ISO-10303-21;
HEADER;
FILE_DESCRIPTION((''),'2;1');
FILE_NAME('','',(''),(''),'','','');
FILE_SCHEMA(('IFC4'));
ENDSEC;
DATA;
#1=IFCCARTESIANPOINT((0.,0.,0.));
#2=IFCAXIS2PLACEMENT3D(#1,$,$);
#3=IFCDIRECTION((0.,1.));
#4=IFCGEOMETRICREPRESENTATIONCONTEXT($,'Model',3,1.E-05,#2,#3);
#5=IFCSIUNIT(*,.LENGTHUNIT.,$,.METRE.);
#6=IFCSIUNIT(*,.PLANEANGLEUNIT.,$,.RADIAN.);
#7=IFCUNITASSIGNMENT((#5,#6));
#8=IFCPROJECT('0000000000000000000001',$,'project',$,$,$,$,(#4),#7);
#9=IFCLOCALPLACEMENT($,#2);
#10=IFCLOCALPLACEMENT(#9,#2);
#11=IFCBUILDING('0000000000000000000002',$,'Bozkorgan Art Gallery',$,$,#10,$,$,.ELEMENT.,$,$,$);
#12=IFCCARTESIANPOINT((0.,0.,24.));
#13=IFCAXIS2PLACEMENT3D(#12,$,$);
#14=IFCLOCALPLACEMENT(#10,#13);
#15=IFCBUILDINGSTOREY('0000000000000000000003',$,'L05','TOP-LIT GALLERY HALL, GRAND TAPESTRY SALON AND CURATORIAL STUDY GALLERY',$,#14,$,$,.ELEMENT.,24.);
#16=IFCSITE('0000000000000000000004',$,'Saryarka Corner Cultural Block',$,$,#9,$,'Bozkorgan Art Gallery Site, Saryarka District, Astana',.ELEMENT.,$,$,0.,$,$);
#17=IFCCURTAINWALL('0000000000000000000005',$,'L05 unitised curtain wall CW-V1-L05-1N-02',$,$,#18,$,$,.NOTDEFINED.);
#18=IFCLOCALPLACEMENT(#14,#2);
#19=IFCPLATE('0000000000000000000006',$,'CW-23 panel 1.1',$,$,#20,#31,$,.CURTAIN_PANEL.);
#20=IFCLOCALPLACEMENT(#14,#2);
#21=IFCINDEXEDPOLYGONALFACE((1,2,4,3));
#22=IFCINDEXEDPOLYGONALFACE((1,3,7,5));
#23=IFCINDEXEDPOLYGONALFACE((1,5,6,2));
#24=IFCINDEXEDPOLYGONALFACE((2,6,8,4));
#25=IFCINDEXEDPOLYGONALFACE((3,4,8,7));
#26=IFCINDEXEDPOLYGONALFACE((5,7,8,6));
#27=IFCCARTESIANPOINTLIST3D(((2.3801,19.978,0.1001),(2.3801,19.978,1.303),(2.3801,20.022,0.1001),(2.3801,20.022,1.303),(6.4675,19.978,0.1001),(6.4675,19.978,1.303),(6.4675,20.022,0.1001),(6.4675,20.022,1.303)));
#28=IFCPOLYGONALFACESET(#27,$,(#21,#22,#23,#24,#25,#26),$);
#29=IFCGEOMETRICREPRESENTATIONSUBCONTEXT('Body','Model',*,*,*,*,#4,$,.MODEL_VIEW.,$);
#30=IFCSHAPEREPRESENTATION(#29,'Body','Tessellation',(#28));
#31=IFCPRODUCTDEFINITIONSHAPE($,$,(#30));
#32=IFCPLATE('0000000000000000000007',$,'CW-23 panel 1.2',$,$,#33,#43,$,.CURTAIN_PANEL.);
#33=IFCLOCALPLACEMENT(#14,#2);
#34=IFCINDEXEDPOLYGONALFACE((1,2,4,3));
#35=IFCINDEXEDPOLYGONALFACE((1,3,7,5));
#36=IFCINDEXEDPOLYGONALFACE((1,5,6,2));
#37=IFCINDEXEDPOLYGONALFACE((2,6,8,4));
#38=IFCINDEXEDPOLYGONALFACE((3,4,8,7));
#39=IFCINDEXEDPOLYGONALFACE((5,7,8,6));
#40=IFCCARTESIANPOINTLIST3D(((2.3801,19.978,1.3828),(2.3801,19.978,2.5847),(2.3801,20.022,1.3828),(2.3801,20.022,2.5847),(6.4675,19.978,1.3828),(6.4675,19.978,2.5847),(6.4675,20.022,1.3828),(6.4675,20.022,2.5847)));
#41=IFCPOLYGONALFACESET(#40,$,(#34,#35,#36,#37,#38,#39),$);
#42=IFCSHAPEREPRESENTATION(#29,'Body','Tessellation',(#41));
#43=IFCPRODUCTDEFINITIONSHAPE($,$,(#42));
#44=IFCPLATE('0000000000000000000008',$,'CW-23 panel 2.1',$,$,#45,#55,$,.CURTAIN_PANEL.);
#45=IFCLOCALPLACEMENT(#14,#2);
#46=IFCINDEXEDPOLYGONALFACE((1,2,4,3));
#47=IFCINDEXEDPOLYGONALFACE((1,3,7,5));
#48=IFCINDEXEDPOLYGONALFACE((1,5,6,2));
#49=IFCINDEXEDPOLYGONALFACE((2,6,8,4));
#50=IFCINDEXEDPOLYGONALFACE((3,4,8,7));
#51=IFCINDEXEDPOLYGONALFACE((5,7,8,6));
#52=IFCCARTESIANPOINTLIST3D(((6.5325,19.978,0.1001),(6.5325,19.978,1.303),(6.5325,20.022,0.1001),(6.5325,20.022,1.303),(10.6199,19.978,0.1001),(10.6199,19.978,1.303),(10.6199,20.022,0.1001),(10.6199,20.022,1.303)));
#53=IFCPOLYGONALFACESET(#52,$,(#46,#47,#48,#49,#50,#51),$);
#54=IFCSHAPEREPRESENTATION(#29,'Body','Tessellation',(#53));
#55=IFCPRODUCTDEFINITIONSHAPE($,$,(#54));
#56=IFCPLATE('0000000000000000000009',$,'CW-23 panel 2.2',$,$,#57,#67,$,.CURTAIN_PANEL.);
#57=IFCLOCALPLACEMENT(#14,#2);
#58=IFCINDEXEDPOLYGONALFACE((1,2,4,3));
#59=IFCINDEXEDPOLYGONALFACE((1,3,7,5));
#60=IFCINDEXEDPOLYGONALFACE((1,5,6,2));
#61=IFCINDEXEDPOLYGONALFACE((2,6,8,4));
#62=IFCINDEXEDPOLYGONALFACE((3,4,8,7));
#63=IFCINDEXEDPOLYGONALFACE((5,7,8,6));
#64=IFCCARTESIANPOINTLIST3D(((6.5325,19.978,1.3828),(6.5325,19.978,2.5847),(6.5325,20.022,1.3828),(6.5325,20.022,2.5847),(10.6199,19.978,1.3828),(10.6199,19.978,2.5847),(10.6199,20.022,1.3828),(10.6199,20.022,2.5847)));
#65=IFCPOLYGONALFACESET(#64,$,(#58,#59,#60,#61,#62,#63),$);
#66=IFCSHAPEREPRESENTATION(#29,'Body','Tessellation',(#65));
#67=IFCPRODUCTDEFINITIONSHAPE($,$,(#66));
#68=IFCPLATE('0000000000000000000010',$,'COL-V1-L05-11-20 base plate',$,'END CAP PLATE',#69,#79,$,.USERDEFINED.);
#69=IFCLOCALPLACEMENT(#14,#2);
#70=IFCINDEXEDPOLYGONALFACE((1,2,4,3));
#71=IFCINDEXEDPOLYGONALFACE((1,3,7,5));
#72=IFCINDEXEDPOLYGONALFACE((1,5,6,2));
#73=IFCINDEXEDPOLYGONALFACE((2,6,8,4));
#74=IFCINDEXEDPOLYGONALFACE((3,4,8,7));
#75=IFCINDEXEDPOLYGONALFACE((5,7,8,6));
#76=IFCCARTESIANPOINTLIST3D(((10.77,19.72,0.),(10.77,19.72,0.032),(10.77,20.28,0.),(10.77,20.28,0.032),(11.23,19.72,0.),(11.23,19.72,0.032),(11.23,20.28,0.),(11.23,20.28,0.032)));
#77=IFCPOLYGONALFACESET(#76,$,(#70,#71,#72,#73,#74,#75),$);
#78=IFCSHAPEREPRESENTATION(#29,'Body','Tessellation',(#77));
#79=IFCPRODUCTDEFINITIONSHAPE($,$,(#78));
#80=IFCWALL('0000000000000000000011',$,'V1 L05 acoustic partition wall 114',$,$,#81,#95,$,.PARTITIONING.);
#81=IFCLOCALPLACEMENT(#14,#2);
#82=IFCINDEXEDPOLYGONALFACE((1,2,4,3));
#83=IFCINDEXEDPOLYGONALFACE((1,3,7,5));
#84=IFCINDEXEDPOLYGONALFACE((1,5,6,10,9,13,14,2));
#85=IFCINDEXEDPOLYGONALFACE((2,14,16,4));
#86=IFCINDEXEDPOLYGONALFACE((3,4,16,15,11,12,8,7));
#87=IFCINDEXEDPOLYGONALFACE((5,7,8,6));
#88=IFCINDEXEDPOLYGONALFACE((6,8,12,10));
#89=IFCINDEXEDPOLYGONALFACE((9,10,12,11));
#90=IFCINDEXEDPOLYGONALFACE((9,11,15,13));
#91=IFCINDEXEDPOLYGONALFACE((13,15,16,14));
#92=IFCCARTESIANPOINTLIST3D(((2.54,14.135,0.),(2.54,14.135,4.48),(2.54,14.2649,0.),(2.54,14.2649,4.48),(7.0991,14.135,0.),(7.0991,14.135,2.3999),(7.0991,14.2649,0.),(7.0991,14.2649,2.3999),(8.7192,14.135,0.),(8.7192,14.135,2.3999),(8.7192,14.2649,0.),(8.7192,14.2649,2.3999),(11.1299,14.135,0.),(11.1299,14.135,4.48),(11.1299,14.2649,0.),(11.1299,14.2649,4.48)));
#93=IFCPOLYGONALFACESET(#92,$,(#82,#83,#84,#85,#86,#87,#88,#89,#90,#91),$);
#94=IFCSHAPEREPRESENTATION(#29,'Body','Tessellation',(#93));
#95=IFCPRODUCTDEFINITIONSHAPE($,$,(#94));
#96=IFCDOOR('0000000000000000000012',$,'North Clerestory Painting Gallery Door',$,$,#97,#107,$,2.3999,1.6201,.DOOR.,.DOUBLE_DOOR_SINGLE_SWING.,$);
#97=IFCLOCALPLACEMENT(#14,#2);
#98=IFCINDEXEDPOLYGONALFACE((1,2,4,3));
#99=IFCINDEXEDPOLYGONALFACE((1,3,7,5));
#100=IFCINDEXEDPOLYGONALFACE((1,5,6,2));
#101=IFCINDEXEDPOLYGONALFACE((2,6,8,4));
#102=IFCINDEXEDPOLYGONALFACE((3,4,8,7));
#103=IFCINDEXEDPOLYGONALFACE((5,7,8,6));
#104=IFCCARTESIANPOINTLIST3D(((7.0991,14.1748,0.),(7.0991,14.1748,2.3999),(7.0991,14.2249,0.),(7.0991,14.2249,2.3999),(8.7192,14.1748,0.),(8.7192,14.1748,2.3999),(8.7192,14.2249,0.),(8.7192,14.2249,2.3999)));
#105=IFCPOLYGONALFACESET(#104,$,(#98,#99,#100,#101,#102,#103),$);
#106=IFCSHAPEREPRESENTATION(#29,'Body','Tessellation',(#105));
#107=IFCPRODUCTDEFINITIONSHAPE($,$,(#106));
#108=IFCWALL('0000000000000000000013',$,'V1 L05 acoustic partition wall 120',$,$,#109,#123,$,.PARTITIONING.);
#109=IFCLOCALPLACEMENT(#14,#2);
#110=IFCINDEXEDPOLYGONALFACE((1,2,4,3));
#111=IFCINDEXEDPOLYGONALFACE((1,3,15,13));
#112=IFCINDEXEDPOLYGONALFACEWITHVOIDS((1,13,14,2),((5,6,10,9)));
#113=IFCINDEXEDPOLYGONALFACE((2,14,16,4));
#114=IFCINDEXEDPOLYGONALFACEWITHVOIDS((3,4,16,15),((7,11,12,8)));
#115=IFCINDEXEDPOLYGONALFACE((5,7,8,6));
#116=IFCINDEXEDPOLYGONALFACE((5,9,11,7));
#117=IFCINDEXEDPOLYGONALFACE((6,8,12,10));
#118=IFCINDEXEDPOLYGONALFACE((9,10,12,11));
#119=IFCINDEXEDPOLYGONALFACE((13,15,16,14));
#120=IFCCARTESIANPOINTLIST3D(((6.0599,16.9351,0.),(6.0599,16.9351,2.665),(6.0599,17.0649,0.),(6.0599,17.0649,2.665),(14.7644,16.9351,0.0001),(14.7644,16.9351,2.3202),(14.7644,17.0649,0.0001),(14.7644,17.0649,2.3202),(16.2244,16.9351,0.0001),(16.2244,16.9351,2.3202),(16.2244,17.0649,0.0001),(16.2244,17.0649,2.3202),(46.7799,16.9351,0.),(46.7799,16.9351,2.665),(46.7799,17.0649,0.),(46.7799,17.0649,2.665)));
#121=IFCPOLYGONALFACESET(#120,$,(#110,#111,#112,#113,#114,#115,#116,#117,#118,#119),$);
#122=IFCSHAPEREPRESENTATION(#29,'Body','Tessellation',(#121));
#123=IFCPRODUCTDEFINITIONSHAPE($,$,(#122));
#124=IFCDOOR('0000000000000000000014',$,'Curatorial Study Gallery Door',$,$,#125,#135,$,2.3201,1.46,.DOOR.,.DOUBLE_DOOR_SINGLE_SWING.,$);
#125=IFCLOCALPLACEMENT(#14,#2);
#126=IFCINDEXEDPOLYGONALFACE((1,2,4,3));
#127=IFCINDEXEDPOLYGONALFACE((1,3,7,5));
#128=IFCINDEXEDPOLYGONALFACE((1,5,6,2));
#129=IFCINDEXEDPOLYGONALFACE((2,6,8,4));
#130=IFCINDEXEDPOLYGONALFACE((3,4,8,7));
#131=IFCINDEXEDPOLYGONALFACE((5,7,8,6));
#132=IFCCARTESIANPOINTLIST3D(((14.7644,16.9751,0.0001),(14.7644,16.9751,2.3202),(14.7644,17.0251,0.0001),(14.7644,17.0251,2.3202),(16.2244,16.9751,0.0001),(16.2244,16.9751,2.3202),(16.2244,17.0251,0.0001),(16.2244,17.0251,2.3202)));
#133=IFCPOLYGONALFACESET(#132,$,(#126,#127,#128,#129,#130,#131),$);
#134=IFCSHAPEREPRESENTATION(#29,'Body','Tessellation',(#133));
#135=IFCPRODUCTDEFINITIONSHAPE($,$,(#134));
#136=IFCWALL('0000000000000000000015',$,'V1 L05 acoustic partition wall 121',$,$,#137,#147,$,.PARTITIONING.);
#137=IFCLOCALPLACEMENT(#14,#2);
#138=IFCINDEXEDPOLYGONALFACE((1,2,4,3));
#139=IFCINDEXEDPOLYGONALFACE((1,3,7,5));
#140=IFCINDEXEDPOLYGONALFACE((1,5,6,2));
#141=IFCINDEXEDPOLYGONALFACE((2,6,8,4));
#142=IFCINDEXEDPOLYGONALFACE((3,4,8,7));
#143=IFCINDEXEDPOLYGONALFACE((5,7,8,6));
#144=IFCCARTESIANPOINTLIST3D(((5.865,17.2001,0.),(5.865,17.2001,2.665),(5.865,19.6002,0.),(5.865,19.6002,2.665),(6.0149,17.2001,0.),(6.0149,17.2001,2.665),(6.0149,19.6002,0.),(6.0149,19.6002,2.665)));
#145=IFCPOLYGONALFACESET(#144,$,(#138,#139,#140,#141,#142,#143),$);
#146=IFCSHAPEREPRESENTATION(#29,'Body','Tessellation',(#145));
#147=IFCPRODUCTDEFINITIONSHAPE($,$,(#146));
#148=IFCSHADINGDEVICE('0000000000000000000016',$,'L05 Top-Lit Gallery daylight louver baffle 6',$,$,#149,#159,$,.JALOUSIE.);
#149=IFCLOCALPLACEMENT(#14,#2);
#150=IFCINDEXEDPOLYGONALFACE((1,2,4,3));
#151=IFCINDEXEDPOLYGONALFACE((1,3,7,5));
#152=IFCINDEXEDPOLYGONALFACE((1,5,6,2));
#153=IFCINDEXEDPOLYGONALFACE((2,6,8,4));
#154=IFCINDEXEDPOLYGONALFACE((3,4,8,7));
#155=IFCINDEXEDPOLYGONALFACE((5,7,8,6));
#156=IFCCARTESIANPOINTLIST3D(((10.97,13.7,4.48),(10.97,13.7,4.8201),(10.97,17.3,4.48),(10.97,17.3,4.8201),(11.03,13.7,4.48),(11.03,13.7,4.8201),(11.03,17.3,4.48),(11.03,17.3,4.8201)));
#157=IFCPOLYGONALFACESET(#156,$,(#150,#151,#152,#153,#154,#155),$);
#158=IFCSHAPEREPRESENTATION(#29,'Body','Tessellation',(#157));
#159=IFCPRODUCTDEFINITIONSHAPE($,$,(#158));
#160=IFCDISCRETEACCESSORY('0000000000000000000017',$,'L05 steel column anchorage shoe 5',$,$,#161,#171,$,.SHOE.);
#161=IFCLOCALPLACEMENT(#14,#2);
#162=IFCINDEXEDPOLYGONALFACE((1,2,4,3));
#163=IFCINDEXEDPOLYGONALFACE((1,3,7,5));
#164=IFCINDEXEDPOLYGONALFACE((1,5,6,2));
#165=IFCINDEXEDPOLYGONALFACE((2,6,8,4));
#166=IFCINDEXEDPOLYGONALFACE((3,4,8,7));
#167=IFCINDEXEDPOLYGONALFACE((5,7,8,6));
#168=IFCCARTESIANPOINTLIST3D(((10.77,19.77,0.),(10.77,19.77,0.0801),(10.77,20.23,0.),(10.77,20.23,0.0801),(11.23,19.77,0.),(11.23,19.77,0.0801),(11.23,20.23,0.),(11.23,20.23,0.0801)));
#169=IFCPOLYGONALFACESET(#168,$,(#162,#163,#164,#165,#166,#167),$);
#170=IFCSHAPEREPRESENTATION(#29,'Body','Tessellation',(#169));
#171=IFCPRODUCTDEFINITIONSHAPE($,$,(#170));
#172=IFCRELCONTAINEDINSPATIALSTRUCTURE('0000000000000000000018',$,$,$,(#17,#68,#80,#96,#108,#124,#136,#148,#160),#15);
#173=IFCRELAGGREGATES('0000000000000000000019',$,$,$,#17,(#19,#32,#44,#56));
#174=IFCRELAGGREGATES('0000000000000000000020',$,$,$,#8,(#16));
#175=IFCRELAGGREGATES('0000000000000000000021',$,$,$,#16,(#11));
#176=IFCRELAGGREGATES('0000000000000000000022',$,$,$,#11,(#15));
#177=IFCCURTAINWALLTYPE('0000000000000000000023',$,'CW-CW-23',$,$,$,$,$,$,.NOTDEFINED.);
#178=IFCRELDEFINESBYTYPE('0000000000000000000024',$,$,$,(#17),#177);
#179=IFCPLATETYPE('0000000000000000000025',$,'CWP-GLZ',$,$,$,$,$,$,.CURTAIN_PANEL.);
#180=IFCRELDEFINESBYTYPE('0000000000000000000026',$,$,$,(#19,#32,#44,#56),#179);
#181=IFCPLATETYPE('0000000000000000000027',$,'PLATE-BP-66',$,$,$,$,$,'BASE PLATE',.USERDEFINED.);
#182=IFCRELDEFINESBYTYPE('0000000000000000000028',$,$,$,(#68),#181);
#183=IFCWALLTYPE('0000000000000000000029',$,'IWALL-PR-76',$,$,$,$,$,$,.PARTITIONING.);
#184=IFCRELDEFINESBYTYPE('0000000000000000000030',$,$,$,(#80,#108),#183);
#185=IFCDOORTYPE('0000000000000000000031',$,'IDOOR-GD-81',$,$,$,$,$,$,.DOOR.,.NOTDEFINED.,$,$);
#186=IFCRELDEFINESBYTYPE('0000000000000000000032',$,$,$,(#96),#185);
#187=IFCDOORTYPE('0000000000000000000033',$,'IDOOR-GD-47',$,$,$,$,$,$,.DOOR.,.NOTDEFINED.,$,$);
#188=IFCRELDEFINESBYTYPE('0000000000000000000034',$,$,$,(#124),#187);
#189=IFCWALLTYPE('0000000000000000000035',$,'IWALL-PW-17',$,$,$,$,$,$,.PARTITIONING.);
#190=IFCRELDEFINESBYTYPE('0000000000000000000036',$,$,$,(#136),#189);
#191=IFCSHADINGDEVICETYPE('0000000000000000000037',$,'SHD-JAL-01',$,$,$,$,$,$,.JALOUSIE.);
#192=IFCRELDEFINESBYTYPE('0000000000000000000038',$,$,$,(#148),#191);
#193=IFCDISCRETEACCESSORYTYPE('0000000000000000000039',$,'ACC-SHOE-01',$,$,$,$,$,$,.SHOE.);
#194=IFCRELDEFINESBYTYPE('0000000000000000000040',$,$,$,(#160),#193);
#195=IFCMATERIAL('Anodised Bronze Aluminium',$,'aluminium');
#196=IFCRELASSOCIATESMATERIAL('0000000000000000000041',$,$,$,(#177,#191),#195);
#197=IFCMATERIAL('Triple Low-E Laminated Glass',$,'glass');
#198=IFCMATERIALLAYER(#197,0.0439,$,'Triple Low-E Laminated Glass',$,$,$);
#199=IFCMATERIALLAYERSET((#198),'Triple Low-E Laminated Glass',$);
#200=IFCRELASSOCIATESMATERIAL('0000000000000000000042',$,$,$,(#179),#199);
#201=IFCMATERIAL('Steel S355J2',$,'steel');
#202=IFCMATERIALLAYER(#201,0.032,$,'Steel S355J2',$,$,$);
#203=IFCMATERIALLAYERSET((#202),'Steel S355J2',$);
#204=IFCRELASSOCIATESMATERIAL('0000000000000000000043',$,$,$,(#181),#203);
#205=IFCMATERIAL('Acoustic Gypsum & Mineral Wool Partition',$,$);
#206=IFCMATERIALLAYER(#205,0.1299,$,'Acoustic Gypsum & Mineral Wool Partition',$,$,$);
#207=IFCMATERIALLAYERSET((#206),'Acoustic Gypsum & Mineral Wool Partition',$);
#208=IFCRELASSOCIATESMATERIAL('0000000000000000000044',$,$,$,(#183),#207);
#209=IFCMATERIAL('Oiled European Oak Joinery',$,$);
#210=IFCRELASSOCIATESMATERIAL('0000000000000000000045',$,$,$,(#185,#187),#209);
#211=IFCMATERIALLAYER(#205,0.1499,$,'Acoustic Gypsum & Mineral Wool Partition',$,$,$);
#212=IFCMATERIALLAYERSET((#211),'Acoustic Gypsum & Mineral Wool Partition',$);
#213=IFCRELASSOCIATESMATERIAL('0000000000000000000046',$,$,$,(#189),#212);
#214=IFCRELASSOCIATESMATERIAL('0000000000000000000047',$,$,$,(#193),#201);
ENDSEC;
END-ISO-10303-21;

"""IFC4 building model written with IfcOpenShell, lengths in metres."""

from ifc_helpers import new_model, si_unit, direction, frame, frame_2d, origin, origin_2d, place, context, subcontext, project, spatial, rectangle, extrude, material, layer, layer_set, type_object, element, fill, aggregate, save


model = new_model("IFC4")

# Units and contexts
model_context = context("Model", 3, precision=1e-05, world=origin(), true_north=direction((0.0, 1.0)))
body_context = subcontext(model_context, "Body", "Model", "MODEL_VIEW")
ifc_project = project(units=[si_unit("LENGTHUNIT", "METRE"), si_unit("PLANEANGLEUNIT", "RADIAN")], contexts=[model_context])

# Site, building, storey
site_placement = place(None, origin())
site = spatial("IfcSite", under=ifc_project, at=site_placement, Name="Saryarka Corner Cultural Block", LongName="Bozkorgan Art Gallery Site, Saryarka District, Astana", CompositionType="ELEMENT", RefElevation=0.0)
building_placement = place(site_placement, origin())
building = spatial("IfcBuilding", under=site, at=building_placement, Name="Bozkorgan Art Gallery", CompositionType="ELEMENT")
storey_placement = place(building_placement, frame((0.0, 0.0, 24.0)))
storey = spatial("IfcBuildingStorey", under=building, at=storey_placement, Name="L05", Description="TOP-LIT GALLERY HALL, GRAND TAPESTRY SALON AND CURATORIAL STUDY GALLERY", CompositionType="ELEMENT", Elevation=24.0)

# Shared definitions
ifc_material_1 = material(Name="Steel S355J2", Category="steel")

# Curtain wall
ifc_material_2 = material(Name="Anodised Bronze Aluminium", Category="aluminium")
curtain_wall_type = type_object("IfcCurtainWallType", Name="CW-CW-23", PredefinedType="NOTDEFINED", material=ifc_material_2)
curtain_wall_1_placement = place(storey_placement, origin())
curtain_wall_1 = element("IfcCurtainWall", 1, at=curtain_wall_1_placement, inside=storey, type_object=curtain_wall_type, Name="L05 unitised curtain wall CW-V1-L05-1N-02", PredefinedType="NOTDEFINED")

# Plates
ifc_material_3 = material(Name="Triple Low-E Laminated Glass", Category="glass")
ifc_layer_1 = layer(ifc_material_3, 0.0439, Name="Triple Low-E Laminated Glass")
ifc_layer_set_1 = layer_set([ifc_layer_1], Name="Triple Low-E Laminated Glass")
plate_type_1 = type_object("IfcPlateType", Name="CWP-GLZ", PredefinedType="CURTAIN_PANEL", material=ifc_layer_set_1)
plate_1_placement = place(storey_placement, frame((4.4238, 20.0, 0.1001), z_axis=(0.0, 0.0, 1.0), x_axis=(1.0, 0.0, 0.0)))
plate_1 = element("IfcPlate", 2, at=plate_1_placement, type_object=plate_type_1, Name="CW-23 panel 1.1", PredefinedType="CURTAIN_PANEL", context=body_context, shape_type="SweptSolid", body=[
    extrude(rectangle(XDim=4.0874, YDim=0.0439, at=origin_2d()), origin(), (0.0, 0.0, 1.0), 1.2029),
])
plate_2_placement = place(storey_placement, frame((4.4238, 20.0, 1.3828), z_axis=(0.0, 0.0, 1.0), x_axis=(1.0, 0.0, 0.0)))
plate_2 = element("IfcPlate", 3, at=plate_2_placement, type_object=plate_type_1, Name="CW-23 panel 1.2", PredefinedType="CURTAIN_PANEL", context=body_context, shape_type="SweptSolid", body=[
    extrude(rectangle(XDim=4.0874, YDim=0.0439, at=origin_2d()), origin(), (0.0, 0.0, 1.0), 1.2019),
])
plate_3_placement = place(storey_placement, frame((8.5762, 20.0, 0.1001), z_axis=(0.0, 0.0, 1.0), x_axis=(1.0, 0.0, 0.0)))
plate_3 = element("IfcPlate", 4, at=plate_3_placement, type_object=plate_type_1, Name="CW-23 panel 2.1", PredefinedType="CURTAIN_PANEL", context=body_context, shape_type="SweptSolid", body=[
    extrude(rectangle(XDim=4.0874, YDim=0.0439, at=origin_2d()), origin(), (0.0, 0.0, 1.0), 1.2029),
])
plate_4_placement = place(storey_placement, frame((8.5762, 20.0, 1.3828), z_axis=(0.0, 0.0, 1.0), x_axis=(1.0, 0.0, 0.0)))
plate_4 = element("IfcPlate", 5, at=plate_4_placement, type_object=plate_type_1, Name="CW-23 panel 2.2", PredefinedType="CURTAIN_PANEL", context=body_context, shape_type="SweptSolid", body=[
    extrude(rectangle(XDim=4.0874, YDim=0.0439, at=origin_2d()), origin(), (0.0, 0.0, 1.0), 1.2019),
])
aggregate(curtain_wall_1, [plate_1, plate_2, plate_3, plate_4])
ifc_layer_2 = layer(ifc_material_1, 0.032, Name="Steel S355J2")
ifc_layer_set_2 = layer_set([ifc_layer_2], Name="Steel S355J2")
plate_type_2 = type_object("IfcPlateType", Name="PLATE-BP-66", ElementType="BASE PLATE", PredefinedType="USERDEFINED", material=ifc_layer_set_2)
plate_5_placement = place(storey_placement, frame((11.0, 20.0, 0.0), z_axis=(0.0, 0.0, 1.0), x_axis=(1.0, 0.0, 0.0)))
element("IfcPlate", 6, at=plate_5_placement, inside=storey, type_object=plate_type_2, Name="COL-V1-L05-11-20 base plate", ObjectType="END CAP PLATE", PredefinedType="USERDEFINED", context=body_context, shape_type="SweptSolid", body=[
    extrude(rectangle(XDim=0.46, YDim=0.5601, at=origin_2d()), origin(), (0.0, 0.0, 1.0), 0.032),
])

# Walls, openings, doors
ifc_material_4 = material(Name="Acoustic Gypsum & Mineral Wool Partition")
ifc_material_5 = material(Name="Oiled European Oak Joinery")
ifc_layer_3 = layer(ifc_material_4, 0.1299, Name="Acoustic Gypsum & Mineral Wool Partition")
ifc_layer_set_3 = layer_set([ifc_layer_3], Name="Acoustic Gypsum & Mineral Wool Partition")
wall_type_1 = type_object("IfcWallType", Name="IWALL-PR-76", PredefinedType="PARTITIONING", material=ifc_layer_set_3)
wall_1_placement = place(storey_placement, frame((2.54, 14.2, 0.0), z_axis=(0.0, 0.0, 1.0), x_axis=(1.0, 0.0, 0.0)))
wall_1 = element("IfcWall", 7, at=wall_1_placement, inside=storey, type_object=wall_type_1, Name="V1 L05 acoustic partition wall 114", PredefinedType="PARTITIONING", context=body_context, shape_type="SweptSolid", body=[
    extrude(rectangle(XDim=8.5898, YDim=0.1299, at=frame_2d((4.2949, 0.0))), origin(), (0.0, 0.0, 1.0), 4.48),
])
opening_1_placement = place(wall_1_placement, frame((4.5591, 0.0, 0.0)))
opening_1 = element("IfcOpeningElement", 8, at=opening_1_placement, cuts=wall_1, PredefinedType="OPENING", context=body_context, shape_type="SweptSolid", body=[
    extrude(rectangle(XDim=1.6201, YDim=2.3999, at=frame_2d((0.8101, 1.2))), frame((0.0, 0.075, 0.0), z_axis=(0.0, -1.0, 0.0), x_axis=(1.0, 0.0, 0.0)), (0.0, 0.0, 1.0), 0.1499),
])
door_type_1 = type_object("IfcDoorType", Name="IDOOR-GD-81", OperationType="NOTDEFINED", PredefinedType="DOOR", material=ifc_material_5)
door_1_placement = place(opening_1_placement, origin())
door_1 = element("IfcDoor", 9, at=door_1_placement, inside=storey, type_object=door_type_1, Name="North Clerestory Painting Gallery Door", OperationType="DOUBLE_DOOR_SINGLE_SWING", OverallHeight=2.3999, OverallWidth=1.6201, PredefinedType="DOOR", context=body_context, shape_type="SweptSolid", body=[
    extrude(rectangle(XDim=1.6201, YDim=2.3999, at=frame_2d((0.8101, 1.2))), frame((0.0, 0.0249, 0.0), z_axis=(0.0, -1.0, 0.0), x_axis=(1.0, 0.0, 0.0)), (0.0, 0.0, 1.0), 0.05),
])
fill(opening_1, door_1)
wall_2_placement = place(storey_placement, frame((6.0601, 17.0, 0.0), z_axis=(0.0, 0.0, 1.0), x_axis=(1.0, 0.0, 0.0)))
wall_2 = element("IfcWall", 10, at=wall_2_placement, inside=storey, type_object=wall_type_1, Name="V1 L05 acoustic partition wall 120", PredefinedType="PARTITIONING", context=body_context, shape_type="SweptSolid", body=[
    extrude(rectangle(XDim=40.72, YDim=0.1299, at=frame_2d((20.3599, 0.0))), origin(), (0.0, 0.0, 1.0), 2.665),
])
opening_2_placement = place(wall_2_placement, frame((10.1643, 0.0, 0.0), z_axis=(0.0, 0.0, 1.0), x_axis=(-1.0, 0.0, 0.0)))
opening_2 = element("IfcOpeningElement", 11, at=opening_2_placement, cuts=wall_2, PredefinedType="OPENING", context=body_context, shape_type="SweptSolid", body=[
    extrude(rectangle(XDim=1.46, YDim=2.3201, at=frame_2d((0.73, 1.1602))), frame((0.0, 0.075, 0.0), z_axis=(0.0, -1.0, 0.0), x_axis=(1.0, 0.0, 0.0)), (0.0, 0.0, 1.0), 0.1499),
])
door_type_2 = type_object("IfcDoorType", Name="IDOOR-GD-47", OperationType="NOTDEFINED", PredefinedType="DOOR", material=ifc_material_5)
door_2_placement = place(opening_2_placement, origin())
door_2 = element("IfcDoor", 12, at=door_2_placement, inside=storey, type_object=door_type_2, Name="Curatorial Study Gallery Door", OperationType="DOUBLE_DOOR_SINGLE_SWING", OverallHeight=2.3201, OverallWidth=1.46, PredefinedType="DOOR", context=body_context, shape_type="SweptSolid", body=[
    extrude(rectangle(XDim=1.46, YDim=2.3201, at=frame_2d((0.73, 1.1602))), frame((0.0, 0.0249, 0.0), z_axis=(0.0, -1.0, 0.0), x_axis=(1.0, 0.0, 0.0)), (0.0, 0.0, 1.0), 0.05),
])
fill(opening_2, door_2)

# Wall
ifc_layer_4 = layer(ifc_material_4, 0.1499, Name="Acoustic Gypsum & Mineral Wool Partition")
ifc_layer_set_4 = layer_set([ifc_layer_4], Name="Acoustic Gypsum & Mineral Wool Partition")
wall_type_2 = type_object("IfcWallType", Name="IWALL-PW-17", PredefinedType="PARTITIONING", material=ifc_layer_set_4)
wall_3_placement = place(storey_placement, frame((5.9399, 17.2, 0.0), z_axis=(0.0, 0.0, 1.0), x_axis=(0.0, 1.0, 0.0)))
element("IfcWall", 13, at=wall_3_placement, inside=storey, type_object=wall_type_2, Name="V1 L05 acoustic partition wall 121", PredefinedType="PARTITIONING", context=body_context, shape_type="SweptSolid", body=[
    extrude(rectangle(XDim=2.4001, YDim=0.1499, at=frame_2d((1.2002, 0.0))), origin(), (0.0, 0.0, 1.0), 2.665),
])

# Shading device
shading_device_type = type_object("IfcShadingDeviceType", Name="SHD-JAL-01", PredefinedType="JALOUSIE", material=ifc_material_2)
shading_device_placement = place(storey_placement, frame((11.0, 15.5, 4.48), z_axis=(0.0, 0.0, 1.0), x_axis=(1.0, 0.0, 0.0)))
element("IfcShadingDevice", 14, at=shading_device_placement, inside=storey, type_object=shading_device_type, Name="L05 Top-Lit Gallery daylight louver baffle 6", PredefinedType="JALOUSIE", context=body_context, shape_type="SweptSolid", body=[
    extrude(rectangle(XDim=0.0601, YDim=3.6001, at=origin_2d()), origin(), (0.0, 0.0, 1.0), 0.3401),
])

# Discrete accessory
discrete_accessory_type = type_object("IfcDiscreteAccessoryType", Name="ACC-SHOE-01", PredefinedType="SHOE", material=ifc_material_1)
discrete_accessory_placement = place(storey_placement, frame((11.0, 20.0, 0.0), z_axis=(0.0, 0.0, 1.0), x_axis=(1.0, 0.0, 0.0)))
element("IfcDiscreteAccessory", 15, at=discrete_accessory_placement, inside=storey, type_object=discrete_accessory_type, Name="L05 steel column anchorage shoe 5", PredefinedType="SHOE", context=body_context, shape_type="SweptSolid", body=[
    extrude(rectangle(XDim=0.46, YDim=0.46, at=origin_2d()), origin(), (0.0, 0.0, 1.0), 0.0801),
])

save(model, "model.ifc")
